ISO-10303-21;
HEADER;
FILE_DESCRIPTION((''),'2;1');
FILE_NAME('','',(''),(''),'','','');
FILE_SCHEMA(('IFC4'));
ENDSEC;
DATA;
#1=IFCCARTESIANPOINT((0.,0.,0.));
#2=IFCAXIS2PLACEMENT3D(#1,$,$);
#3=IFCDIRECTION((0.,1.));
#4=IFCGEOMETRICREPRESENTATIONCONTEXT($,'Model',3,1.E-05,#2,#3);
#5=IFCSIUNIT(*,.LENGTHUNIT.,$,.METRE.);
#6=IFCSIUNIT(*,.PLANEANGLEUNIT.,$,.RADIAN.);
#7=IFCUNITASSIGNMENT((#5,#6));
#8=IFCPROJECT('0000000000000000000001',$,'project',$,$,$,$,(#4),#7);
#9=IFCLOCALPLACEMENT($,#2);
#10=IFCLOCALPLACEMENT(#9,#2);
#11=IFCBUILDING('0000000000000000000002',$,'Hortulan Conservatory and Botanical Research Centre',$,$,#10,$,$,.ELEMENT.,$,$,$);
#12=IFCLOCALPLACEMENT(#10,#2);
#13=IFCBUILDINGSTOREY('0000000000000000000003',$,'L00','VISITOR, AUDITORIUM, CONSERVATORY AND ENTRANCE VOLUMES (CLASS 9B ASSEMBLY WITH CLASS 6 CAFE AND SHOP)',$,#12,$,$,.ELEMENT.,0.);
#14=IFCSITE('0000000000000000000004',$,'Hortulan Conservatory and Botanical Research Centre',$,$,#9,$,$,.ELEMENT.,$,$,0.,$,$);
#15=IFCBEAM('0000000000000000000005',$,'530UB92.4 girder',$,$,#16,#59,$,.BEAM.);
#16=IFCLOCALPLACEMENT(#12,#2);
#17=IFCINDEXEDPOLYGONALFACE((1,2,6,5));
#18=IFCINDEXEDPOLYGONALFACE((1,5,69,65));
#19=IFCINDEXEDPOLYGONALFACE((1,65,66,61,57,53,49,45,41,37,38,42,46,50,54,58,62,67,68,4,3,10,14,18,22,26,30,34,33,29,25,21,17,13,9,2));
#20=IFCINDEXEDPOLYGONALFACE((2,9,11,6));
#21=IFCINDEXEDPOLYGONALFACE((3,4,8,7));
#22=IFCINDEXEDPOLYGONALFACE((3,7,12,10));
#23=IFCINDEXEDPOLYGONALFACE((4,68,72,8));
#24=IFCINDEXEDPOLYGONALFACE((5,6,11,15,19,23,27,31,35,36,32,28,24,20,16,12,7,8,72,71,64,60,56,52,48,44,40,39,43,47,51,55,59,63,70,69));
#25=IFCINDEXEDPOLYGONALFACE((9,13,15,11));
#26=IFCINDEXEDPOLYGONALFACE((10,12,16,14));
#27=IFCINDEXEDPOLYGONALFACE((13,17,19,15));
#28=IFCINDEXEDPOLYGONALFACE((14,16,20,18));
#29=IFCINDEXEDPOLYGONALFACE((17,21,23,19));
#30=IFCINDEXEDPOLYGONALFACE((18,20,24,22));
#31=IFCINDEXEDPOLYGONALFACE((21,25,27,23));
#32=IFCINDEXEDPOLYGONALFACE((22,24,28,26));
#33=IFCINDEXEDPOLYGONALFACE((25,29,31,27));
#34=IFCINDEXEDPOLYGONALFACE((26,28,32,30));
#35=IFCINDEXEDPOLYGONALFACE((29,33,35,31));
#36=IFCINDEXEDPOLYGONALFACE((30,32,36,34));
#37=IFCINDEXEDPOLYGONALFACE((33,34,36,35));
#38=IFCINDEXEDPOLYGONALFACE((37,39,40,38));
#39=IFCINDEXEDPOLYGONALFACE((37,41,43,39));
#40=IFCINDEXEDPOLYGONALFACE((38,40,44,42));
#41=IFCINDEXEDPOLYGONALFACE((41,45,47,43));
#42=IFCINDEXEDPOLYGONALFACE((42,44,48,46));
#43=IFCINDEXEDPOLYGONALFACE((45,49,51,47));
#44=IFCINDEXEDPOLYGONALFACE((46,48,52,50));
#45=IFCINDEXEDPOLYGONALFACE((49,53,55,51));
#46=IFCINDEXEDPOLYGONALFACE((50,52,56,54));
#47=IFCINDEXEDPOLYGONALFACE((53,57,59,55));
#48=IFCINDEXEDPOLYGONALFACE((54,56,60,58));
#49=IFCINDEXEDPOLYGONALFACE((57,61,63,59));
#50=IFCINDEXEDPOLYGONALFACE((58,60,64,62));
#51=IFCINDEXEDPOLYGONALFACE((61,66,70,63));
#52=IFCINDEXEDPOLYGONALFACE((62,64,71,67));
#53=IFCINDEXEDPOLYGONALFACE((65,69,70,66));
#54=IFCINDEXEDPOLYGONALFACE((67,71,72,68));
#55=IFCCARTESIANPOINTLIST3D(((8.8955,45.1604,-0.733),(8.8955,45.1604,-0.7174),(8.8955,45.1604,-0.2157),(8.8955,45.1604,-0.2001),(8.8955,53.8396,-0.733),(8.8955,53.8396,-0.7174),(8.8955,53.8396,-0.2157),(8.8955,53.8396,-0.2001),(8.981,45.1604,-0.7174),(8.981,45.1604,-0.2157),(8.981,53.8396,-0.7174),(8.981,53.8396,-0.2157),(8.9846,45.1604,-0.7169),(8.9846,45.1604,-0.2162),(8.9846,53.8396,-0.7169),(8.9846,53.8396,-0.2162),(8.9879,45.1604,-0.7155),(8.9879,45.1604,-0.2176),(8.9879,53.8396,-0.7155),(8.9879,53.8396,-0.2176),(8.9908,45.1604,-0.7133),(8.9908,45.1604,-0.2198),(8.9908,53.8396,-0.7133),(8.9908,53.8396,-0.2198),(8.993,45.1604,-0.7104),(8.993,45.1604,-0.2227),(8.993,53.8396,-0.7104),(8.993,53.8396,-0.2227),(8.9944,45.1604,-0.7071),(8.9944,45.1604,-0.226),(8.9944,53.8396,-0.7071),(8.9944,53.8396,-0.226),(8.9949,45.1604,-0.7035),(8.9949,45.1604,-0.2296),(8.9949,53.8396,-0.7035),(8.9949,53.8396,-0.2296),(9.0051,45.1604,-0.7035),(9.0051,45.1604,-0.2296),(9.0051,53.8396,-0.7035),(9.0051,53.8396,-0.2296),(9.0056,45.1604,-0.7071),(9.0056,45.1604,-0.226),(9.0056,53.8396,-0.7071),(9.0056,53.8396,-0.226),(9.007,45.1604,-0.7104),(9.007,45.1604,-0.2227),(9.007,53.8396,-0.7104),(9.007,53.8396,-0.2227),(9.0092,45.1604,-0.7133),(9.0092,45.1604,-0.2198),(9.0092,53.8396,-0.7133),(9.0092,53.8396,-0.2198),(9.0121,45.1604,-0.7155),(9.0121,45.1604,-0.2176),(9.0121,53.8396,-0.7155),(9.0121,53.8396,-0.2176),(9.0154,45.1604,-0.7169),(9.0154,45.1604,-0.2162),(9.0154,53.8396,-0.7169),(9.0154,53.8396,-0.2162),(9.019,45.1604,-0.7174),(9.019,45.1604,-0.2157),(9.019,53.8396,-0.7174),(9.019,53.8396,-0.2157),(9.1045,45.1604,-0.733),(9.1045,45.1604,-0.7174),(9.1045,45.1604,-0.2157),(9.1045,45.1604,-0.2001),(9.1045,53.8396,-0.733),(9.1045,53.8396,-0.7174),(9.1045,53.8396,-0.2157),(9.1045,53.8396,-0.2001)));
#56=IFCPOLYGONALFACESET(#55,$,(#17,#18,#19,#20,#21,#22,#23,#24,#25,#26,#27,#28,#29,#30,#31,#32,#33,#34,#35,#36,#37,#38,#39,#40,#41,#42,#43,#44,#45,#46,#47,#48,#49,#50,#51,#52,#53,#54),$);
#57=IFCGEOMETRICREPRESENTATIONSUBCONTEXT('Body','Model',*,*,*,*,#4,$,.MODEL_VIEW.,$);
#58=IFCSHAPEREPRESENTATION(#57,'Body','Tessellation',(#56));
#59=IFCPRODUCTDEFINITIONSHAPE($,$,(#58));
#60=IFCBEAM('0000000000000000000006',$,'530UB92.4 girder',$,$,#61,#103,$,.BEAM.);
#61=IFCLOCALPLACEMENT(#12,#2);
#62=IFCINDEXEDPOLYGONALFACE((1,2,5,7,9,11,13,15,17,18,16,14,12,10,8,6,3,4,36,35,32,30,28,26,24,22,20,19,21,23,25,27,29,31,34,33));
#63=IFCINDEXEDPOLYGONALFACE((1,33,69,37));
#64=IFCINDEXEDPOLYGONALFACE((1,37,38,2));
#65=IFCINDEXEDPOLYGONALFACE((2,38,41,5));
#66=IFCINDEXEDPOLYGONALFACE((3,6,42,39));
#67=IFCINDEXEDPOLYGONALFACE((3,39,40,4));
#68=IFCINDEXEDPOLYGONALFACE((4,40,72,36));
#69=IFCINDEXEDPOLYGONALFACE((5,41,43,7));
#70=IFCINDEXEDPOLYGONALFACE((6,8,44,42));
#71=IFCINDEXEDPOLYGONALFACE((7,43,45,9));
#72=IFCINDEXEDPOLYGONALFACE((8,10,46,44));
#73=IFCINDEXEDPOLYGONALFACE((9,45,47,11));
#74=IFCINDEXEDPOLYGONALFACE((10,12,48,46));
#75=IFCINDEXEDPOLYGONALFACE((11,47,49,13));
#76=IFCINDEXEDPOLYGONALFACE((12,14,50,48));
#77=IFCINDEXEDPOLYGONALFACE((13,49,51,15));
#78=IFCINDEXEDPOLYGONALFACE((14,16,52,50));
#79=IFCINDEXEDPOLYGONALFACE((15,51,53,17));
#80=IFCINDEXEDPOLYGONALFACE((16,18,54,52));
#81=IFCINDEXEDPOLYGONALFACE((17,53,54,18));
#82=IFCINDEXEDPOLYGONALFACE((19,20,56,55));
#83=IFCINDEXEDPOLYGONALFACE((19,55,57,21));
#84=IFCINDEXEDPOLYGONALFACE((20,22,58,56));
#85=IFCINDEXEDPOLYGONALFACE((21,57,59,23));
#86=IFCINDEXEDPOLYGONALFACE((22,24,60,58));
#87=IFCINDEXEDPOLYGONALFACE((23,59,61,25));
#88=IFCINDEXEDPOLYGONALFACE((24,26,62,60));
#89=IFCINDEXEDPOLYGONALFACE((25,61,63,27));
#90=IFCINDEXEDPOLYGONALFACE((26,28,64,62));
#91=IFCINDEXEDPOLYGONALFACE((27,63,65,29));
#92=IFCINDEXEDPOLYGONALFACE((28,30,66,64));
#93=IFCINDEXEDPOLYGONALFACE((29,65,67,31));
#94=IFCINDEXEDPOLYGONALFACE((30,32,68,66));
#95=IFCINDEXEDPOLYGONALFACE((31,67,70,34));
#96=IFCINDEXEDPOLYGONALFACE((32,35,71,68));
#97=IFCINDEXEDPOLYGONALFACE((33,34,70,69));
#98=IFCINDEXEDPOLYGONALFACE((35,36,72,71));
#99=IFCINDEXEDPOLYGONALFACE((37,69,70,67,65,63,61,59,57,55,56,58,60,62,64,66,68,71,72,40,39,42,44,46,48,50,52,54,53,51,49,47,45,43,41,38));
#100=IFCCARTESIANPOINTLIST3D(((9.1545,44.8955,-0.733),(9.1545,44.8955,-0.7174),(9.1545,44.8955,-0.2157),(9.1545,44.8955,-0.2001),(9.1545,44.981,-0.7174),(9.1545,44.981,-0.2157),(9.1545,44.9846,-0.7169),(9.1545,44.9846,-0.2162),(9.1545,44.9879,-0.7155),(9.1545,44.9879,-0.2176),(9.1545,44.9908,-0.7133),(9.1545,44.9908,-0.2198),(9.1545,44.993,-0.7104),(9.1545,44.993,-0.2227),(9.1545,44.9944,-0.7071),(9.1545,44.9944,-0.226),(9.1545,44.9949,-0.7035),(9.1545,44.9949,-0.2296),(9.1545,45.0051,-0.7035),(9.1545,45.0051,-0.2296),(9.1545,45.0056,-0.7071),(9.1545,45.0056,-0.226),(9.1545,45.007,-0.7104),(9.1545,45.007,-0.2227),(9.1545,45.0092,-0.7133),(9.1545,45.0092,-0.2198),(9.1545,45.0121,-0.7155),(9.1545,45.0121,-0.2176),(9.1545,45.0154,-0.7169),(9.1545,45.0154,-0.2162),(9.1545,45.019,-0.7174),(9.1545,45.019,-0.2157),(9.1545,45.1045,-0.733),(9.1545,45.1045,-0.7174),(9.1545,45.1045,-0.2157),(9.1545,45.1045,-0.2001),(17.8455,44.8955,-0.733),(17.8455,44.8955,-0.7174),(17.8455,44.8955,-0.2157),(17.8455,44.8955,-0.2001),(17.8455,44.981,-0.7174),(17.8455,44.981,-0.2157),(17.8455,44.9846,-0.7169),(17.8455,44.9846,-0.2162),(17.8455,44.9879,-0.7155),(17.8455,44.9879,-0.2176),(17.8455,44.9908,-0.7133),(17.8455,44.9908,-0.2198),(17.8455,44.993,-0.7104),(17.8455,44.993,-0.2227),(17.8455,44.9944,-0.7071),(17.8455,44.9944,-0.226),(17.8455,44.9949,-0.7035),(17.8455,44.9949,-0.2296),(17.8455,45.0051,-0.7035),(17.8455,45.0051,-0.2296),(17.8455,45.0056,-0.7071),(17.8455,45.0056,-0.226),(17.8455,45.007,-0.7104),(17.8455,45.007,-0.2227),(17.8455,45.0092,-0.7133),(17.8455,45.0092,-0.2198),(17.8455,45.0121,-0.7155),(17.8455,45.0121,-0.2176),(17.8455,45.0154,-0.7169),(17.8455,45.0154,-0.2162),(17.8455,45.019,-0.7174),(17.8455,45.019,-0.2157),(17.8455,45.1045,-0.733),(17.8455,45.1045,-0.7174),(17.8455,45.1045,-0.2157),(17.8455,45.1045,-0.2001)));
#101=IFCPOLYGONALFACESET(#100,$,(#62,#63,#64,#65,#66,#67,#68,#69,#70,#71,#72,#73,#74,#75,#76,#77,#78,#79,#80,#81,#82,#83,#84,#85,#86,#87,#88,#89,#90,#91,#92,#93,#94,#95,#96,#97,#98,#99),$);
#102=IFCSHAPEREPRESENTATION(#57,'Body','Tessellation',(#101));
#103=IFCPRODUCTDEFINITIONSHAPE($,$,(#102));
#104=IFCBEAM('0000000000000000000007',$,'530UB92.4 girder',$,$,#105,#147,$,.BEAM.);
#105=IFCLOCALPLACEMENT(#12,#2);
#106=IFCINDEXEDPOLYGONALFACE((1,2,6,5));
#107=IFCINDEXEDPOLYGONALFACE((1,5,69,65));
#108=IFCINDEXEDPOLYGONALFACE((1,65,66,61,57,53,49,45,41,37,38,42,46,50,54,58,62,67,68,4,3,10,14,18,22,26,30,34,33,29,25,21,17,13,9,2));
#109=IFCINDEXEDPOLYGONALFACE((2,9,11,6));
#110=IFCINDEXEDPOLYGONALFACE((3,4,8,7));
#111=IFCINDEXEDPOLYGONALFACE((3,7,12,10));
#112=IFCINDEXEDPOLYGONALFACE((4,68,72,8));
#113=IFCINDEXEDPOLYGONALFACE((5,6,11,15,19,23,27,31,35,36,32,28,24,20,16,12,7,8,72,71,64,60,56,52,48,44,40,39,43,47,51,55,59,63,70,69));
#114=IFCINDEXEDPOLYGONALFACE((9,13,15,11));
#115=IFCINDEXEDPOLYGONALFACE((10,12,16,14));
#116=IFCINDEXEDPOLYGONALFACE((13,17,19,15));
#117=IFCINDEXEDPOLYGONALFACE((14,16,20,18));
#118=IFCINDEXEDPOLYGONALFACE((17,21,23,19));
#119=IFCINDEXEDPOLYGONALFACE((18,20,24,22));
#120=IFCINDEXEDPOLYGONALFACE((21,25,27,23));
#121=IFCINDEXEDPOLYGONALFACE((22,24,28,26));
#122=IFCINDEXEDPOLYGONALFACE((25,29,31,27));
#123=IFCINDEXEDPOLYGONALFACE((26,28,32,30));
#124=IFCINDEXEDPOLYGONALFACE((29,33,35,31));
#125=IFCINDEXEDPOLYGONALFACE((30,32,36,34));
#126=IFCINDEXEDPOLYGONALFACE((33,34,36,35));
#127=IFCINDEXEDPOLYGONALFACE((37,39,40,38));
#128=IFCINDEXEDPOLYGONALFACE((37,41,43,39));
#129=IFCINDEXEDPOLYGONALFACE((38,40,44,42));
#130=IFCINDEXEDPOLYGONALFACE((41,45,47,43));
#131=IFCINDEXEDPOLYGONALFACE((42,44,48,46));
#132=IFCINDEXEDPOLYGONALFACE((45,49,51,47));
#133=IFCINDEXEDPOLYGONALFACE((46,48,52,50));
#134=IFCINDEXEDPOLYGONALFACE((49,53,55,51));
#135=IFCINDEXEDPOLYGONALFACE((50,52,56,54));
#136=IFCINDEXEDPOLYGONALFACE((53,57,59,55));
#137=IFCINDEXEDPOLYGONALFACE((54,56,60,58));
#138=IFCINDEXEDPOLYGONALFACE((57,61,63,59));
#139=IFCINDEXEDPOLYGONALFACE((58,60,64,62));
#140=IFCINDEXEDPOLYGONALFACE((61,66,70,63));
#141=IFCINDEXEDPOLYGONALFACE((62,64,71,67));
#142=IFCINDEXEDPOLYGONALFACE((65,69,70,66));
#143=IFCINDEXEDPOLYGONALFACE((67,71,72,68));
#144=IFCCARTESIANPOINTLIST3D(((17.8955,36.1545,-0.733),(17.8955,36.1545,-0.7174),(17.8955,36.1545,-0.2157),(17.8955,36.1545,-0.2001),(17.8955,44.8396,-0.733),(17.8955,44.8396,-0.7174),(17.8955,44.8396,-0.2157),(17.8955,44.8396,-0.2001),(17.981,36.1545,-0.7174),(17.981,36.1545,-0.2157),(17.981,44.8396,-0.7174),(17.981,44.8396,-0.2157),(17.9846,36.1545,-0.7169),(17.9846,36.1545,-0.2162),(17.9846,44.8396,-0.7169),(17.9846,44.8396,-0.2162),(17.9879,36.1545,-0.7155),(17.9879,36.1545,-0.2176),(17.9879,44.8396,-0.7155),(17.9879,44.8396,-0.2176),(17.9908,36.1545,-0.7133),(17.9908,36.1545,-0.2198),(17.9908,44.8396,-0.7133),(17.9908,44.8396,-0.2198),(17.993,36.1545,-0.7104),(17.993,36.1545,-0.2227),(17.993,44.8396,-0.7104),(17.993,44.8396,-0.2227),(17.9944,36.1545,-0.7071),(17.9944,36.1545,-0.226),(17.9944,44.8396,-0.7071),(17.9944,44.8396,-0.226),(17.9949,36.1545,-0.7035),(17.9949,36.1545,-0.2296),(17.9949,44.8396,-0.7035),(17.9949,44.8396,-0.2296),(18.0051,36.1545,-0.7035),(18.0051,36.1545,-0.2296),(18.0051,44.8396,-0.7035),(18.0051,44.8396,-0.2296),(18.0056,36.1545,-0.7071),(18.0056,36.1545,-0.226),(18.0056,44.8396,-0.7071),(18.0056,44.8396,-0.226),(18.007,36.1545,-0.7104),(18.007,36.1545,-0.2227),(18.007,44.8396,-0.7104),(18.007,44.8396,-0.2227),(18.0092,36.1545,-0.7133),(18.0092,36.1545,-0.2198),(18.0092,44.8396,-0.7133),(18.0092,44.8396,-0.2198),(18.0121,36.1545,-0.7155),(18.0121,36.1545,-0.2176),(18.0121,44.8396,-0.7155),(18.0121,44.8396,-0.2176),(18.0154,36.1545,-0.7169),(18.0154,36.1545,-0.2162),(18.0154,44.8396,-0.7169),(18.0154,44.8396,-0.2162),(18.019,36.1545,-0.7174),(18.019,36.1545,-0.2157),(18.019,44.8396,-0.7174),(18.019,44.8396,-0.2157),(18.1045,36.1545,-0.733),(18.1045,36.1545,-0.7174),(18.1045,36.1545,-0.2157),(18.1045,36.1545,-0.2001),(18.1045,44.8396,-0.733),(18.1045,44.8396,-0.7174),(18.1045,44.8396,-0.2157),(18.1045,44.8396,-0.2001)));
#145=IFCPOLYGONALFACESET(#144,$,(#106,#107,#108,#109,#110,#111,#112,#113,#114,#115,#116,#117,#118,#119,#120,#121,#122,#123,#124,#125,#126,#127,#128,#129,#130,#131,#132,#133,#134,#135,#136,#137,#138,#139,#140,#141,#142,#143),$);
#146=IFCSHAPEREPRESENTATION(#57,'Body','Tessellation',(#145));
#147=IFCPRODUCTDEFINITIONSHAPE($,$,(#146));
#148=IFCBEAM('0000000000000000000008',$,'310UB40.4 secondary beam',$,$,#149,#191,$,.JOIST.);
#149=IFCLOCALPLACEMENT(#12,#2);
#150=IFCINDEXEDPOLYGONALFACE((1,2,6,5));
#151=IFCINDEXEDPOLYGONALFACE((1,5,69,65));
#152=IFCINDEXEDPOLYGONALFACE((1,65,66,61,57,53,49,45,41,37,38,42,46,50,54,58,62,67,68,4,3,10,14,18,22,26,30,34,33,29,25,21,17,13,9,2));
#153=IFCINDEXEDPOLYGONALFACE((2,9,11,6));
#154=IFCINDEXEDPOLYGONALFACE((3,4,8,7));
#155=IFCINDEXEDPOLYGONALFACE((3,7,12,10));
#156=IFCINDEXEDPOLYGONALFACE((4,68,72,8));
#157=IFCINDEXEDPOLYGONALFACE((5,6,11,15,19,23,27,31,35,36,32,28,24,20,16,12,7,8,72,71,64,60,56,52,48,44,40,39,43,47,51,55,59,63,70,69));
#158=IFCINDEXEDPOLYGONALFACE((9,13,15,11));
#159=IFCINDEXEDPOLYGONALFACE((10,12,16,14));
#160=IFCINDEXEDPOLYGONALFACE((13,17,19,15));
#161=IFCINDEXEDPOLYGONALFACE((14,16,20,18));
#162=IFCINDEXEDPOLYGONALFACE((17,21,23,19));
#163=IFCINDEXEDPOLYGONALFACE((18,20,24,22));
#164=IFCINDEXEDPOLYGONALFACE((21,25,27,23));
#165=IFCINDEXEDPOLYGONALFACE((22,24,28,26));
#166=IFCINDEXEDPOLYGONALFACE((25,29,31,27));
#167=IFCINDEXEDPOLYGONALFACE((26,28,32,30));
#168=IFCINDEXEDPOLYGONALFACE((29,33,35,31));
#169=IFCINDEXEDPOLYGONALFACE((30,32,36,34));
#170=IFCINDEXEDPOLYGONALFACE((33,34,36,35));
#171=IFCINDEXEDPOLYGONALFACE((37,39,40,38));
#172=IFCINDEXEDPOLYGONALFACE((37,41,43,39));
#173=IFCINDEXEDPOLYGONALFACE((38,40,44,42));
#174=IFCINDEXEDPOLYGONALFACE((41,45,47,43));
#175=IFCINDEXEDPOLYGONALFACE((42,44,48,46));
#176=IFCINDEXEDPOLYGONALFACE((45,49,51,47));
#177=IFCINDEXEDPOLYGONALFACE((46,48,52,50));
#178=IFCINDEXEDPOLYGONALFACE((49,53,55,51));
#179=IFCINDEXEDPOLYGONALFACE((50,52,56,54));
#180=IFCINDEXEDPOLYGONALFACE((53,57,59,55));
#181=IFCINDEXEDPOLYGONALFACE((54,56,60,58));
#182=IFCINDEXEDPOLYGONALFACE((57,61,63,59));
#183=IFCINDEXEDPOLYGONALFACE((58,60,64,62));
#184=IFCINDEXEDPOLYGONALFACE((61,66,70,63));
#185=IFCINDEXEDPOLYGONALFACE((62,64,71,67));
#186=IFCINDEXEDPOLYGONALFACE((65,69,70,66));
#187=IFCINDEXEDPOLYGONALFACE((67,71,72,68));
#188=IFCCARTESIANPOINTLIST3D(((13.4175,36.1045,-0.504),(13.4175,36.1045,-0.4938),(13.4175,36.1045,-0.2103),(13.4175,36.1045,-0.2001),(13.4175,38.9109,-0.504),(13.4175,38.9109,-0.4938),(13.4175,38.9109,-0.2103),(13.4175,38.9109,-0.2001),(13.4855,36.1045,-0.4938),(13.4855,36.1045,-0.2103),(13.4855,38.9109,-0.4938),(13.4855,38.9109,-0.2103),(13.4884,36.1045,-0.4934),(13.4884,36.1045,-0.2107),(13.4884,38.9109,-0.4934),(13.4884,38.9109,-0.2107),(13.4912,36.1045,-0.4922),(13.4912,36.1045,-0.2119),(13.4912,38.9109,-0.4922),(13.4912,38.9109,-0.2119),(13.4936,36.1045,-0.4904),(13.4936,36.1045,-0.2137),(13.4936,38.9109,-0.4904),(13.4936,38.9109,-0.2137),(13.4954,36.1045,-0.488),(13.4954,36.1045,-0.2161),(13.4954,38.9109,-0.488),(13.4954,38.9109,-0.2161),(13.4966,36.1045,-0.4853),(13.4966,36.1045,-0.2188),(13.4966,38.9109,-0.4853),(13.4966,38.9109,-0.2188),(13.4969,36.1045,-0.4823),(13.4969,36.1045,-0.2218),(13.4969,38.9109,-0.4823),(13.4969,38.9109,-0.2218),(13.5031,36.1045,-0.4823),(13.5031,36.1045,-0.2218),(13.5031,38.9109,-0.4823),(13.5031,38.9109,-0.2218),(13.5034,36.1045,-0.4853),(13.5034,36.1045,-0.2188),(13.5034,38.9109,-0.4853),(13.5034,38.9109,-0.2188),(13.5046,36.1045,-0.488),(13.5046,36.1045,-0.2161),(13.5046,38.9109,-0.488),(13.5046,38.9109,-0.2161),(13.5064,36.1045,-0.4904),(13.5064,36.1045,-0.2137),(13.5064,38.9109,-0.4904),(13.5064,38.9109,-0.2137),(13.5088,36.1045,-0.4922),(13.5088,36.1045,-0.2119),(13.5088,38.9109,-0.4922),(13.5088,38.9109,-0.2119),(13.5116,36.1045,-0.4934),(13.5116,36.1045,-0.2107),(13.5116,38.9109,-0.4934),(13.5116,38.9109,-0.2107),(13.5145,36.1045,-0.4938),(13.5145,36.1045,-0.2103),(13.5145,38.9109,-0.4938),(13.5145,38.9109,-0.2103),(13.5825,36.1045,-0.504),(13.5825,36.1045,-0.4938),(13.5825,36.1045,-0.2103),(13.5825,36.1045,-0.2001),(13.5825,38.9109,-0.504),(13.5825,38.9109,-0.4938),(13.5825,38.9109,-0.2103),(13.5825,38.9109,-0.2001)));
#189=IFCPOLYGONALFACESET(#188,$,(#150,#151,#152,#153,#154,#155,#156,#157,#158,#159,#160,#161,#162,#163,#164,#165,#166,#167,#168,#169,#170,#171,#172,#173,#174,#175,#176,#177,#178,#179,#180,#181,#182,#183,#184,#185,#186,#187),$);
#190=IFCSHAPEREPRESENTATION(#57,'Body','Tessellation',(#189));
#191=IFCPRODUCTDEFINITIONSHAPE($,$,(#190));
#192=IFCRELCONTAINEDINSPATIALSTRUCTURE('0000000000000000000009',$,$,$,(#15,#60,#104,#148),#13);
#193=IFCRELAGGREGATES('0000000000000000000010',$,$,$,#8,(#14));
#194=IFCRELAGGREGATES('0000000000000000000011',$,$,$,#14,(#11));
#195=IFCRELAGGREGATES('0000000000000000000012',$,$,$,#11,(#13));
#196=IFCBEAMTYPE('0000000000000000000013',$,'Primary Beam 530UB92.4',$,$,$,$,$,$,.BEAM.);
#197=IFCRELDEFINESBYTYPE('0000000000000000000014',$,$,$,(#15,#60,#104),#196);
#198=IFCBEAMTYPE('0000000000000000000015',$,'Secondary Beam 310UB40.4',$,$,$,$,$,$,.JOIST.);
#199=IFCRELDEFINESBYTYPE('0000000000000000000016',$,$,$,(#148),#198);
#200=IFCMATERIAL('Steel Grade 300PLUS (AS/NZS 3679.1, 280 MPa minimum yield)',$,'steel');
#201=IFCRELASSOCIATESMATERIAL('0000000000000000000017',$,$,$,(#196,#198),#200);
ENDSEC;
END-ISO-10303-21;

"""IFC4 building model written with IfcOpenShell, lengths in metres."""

from ifc_helpers import new_model, si_unit, direction, frame, origin, origin_2d, place, context, subcontext, project, spatial, i_section, extrude, material, material_profile, profile_set, type_object, element, save


model = new_model("IFC4")

# Units and contexts
model_context = context("Model", 3, precision=1e-05, world=origin(), true_north=direction((0.0, 1.0)))
body_context = subcontext(model_context, "Body", "Model", "MODEL_VIEW")
ifc_project = project(units=[si_unit("LENGTHUNIT", "METRE"), si_unit("PLANEANGLEUNIT", "RADIAN")], contexts=[model_context])

# Site, building, storey
site_placement = place(None, origin())
site = spatial("IfcSite", under=ifc_project, at=site_placement, Name="Hortulan Conservatory and Botanical Research Centre", CompositionType="ELEMENT", RefElevation=0.0)
building_placement = place(site_placement, origin())
building = spatial("IfcBuilding", under=site, at=building_placement, Name="Hortulan Conservatory and Botanical Research Centre", CompositionType="ELEMENT")
storey_placement = place(building_placement, origin())
storey = spatial("IfcBuildingStorey", under=building, at=storey_placement, Name="L00", Description="VISITOR, AUDITORIUM, CONSERVATORY AND ENTRANCE VOLUMES (CLASS 9B ASSEMBLY WITH CLASS 6 CAFE AND SHOP)", CompositionType="ELEMENT", Elevation=0.0)

# Shared definitions
ifc_material_1 = material(Name="Steel Grade 300PLUS (AS/NZS 3679.1, 280 MPa minimum yield)", Category="steel")

# Beams
ifc_material_profile_1 = material_profile(ifc_material_1, i_section(OverallWidth=0.209, OverallDepth=0.533, WebThickness=0.0103, FlangeThickness=0.0156, FilletRadius=0.0139, at=origin_2d()), Name="530UB92.4")
ifc_profile_set_1 = profile_set([ifc_material_profile_1], Name="Steel Grade 300PLUS (AS/NZS 3679.1, 280 MPa minimum yield)")
beam_type_1 = type_object("IfcBeamType", Name="Primary Beam 530UB92.4", PredefinedType="BEAM", material=ifc_profile_set_1)
beam_1_placement = place(storey_placement, frame((9.0, 45.1604, -0.4666), z_axis=(0.0, 1.0, 0.0), x_axis=(-1.0, 0.0, 0.0)))
element("IfcBeam", 1, at=beam_1_placement, inside=storey, type_object=beam_type_1, Name="530UB92.4 girder", PredefinedType="BEAM", context=body_context, shape_type="SweptSolid", body=[
    extrude(i_section(OverallWidth=0.209, OverallDepth=0.533, WebThickness=0.0103, FlangeThickness=0.0156, FilletRadius=0.0139, at=origin_2d()), origin(), (0.0, 0.0, 1.0), 8.6792),
])
beam_2_placement = place(storey_placement, frame((9.1545, 45.0, -0.4666), z_axis=(1.0, 0.0, 0.0), x_axis=(0.0, 1.0, 0.0)))
element("IfcBeam", 2, at=beam_2_placement, inside=storey, type_object=beam_type_1, Name="530UB92.4 girder", PredefinedType="BEAM", context=body_context, shape_type="SweptSolid", body=[
    extrude(i_section(OverallWidth=0.209, OverallDepth=0.533, WebThickness=0.0103, FlangeThickness=0.0156, FilletRadius=0.0139, at=origin_2d()), origin(), (0.0, 0.0, 1.0), 8.6909),
])
beam_3_placement = place(storey_placement, frame((18.0, 36.1545, -0.4666), z_axis=(0.0, 1.0, 0.0), x_axis=(-1.0, 0.0, 0.0)))
element("IfcBeam", 3, at=beam_3_placement, inside=storey, type_object=beam_type_1, Name="530UB92.4 girder", PredefinedType="BEAM", context=body_context, shape_type="SweptSolid", body=[
    extrude(i_section(OverallWidth=0.209, OverallDepth=0.533, WebThickness=0.0103, FlangeThickness=0.0156, FilletRadius=0.0139, at=origin_2d()), origin(), (0.0, 0.0, 1.0), 8.6851),
])
ifc_material_profile_2 = material_profile(ifc_material_1, i_section(OverallWidth=0.165, OverallDepth=0.304, WebThickness=0.0061, FlangeThickness=0.0103, FilletRadius=0.0115, at=origin_2d()), Name="310UB40.4")
ifc_profile_set_2 = profile_set([ifc_material_profile_2], Name="Steel Grade 300PLUS (AS/NZS 3679.1, 280 MPa minimum yield)")
beam_type_2 = type_object("IfcBeamType", Name="Secondary Beam 310UB40.4", PredefinedType="JOIST", material=ifc_profile_set_2)
beam_4_placement = place(storey_placement, frame((13.5, 36.1045, -0.3521), z_axis=(0.0, 1.0, 0.0), x_axis=(-1.0, 0.0, 0.0)))
element("IfcBeam", 4, at=beam_4_placement, inside=storey, type_object=beam_type_2, Name="310UB40.4 secondary beam", PredefinedType="JOIST", context=body_context, shape_type="SweptSolid", body=[
    extrude(i_section(OverallWidth=0.165, OverallDepth=0.304, WebThickness=0.0061, FlangeThickness=0.0103, FilletRadius=0.0115, at=origin_2d()), origin(), (0.0, 0.0, 1.0), 2.8064),
])

save(model, "model.ifc")
